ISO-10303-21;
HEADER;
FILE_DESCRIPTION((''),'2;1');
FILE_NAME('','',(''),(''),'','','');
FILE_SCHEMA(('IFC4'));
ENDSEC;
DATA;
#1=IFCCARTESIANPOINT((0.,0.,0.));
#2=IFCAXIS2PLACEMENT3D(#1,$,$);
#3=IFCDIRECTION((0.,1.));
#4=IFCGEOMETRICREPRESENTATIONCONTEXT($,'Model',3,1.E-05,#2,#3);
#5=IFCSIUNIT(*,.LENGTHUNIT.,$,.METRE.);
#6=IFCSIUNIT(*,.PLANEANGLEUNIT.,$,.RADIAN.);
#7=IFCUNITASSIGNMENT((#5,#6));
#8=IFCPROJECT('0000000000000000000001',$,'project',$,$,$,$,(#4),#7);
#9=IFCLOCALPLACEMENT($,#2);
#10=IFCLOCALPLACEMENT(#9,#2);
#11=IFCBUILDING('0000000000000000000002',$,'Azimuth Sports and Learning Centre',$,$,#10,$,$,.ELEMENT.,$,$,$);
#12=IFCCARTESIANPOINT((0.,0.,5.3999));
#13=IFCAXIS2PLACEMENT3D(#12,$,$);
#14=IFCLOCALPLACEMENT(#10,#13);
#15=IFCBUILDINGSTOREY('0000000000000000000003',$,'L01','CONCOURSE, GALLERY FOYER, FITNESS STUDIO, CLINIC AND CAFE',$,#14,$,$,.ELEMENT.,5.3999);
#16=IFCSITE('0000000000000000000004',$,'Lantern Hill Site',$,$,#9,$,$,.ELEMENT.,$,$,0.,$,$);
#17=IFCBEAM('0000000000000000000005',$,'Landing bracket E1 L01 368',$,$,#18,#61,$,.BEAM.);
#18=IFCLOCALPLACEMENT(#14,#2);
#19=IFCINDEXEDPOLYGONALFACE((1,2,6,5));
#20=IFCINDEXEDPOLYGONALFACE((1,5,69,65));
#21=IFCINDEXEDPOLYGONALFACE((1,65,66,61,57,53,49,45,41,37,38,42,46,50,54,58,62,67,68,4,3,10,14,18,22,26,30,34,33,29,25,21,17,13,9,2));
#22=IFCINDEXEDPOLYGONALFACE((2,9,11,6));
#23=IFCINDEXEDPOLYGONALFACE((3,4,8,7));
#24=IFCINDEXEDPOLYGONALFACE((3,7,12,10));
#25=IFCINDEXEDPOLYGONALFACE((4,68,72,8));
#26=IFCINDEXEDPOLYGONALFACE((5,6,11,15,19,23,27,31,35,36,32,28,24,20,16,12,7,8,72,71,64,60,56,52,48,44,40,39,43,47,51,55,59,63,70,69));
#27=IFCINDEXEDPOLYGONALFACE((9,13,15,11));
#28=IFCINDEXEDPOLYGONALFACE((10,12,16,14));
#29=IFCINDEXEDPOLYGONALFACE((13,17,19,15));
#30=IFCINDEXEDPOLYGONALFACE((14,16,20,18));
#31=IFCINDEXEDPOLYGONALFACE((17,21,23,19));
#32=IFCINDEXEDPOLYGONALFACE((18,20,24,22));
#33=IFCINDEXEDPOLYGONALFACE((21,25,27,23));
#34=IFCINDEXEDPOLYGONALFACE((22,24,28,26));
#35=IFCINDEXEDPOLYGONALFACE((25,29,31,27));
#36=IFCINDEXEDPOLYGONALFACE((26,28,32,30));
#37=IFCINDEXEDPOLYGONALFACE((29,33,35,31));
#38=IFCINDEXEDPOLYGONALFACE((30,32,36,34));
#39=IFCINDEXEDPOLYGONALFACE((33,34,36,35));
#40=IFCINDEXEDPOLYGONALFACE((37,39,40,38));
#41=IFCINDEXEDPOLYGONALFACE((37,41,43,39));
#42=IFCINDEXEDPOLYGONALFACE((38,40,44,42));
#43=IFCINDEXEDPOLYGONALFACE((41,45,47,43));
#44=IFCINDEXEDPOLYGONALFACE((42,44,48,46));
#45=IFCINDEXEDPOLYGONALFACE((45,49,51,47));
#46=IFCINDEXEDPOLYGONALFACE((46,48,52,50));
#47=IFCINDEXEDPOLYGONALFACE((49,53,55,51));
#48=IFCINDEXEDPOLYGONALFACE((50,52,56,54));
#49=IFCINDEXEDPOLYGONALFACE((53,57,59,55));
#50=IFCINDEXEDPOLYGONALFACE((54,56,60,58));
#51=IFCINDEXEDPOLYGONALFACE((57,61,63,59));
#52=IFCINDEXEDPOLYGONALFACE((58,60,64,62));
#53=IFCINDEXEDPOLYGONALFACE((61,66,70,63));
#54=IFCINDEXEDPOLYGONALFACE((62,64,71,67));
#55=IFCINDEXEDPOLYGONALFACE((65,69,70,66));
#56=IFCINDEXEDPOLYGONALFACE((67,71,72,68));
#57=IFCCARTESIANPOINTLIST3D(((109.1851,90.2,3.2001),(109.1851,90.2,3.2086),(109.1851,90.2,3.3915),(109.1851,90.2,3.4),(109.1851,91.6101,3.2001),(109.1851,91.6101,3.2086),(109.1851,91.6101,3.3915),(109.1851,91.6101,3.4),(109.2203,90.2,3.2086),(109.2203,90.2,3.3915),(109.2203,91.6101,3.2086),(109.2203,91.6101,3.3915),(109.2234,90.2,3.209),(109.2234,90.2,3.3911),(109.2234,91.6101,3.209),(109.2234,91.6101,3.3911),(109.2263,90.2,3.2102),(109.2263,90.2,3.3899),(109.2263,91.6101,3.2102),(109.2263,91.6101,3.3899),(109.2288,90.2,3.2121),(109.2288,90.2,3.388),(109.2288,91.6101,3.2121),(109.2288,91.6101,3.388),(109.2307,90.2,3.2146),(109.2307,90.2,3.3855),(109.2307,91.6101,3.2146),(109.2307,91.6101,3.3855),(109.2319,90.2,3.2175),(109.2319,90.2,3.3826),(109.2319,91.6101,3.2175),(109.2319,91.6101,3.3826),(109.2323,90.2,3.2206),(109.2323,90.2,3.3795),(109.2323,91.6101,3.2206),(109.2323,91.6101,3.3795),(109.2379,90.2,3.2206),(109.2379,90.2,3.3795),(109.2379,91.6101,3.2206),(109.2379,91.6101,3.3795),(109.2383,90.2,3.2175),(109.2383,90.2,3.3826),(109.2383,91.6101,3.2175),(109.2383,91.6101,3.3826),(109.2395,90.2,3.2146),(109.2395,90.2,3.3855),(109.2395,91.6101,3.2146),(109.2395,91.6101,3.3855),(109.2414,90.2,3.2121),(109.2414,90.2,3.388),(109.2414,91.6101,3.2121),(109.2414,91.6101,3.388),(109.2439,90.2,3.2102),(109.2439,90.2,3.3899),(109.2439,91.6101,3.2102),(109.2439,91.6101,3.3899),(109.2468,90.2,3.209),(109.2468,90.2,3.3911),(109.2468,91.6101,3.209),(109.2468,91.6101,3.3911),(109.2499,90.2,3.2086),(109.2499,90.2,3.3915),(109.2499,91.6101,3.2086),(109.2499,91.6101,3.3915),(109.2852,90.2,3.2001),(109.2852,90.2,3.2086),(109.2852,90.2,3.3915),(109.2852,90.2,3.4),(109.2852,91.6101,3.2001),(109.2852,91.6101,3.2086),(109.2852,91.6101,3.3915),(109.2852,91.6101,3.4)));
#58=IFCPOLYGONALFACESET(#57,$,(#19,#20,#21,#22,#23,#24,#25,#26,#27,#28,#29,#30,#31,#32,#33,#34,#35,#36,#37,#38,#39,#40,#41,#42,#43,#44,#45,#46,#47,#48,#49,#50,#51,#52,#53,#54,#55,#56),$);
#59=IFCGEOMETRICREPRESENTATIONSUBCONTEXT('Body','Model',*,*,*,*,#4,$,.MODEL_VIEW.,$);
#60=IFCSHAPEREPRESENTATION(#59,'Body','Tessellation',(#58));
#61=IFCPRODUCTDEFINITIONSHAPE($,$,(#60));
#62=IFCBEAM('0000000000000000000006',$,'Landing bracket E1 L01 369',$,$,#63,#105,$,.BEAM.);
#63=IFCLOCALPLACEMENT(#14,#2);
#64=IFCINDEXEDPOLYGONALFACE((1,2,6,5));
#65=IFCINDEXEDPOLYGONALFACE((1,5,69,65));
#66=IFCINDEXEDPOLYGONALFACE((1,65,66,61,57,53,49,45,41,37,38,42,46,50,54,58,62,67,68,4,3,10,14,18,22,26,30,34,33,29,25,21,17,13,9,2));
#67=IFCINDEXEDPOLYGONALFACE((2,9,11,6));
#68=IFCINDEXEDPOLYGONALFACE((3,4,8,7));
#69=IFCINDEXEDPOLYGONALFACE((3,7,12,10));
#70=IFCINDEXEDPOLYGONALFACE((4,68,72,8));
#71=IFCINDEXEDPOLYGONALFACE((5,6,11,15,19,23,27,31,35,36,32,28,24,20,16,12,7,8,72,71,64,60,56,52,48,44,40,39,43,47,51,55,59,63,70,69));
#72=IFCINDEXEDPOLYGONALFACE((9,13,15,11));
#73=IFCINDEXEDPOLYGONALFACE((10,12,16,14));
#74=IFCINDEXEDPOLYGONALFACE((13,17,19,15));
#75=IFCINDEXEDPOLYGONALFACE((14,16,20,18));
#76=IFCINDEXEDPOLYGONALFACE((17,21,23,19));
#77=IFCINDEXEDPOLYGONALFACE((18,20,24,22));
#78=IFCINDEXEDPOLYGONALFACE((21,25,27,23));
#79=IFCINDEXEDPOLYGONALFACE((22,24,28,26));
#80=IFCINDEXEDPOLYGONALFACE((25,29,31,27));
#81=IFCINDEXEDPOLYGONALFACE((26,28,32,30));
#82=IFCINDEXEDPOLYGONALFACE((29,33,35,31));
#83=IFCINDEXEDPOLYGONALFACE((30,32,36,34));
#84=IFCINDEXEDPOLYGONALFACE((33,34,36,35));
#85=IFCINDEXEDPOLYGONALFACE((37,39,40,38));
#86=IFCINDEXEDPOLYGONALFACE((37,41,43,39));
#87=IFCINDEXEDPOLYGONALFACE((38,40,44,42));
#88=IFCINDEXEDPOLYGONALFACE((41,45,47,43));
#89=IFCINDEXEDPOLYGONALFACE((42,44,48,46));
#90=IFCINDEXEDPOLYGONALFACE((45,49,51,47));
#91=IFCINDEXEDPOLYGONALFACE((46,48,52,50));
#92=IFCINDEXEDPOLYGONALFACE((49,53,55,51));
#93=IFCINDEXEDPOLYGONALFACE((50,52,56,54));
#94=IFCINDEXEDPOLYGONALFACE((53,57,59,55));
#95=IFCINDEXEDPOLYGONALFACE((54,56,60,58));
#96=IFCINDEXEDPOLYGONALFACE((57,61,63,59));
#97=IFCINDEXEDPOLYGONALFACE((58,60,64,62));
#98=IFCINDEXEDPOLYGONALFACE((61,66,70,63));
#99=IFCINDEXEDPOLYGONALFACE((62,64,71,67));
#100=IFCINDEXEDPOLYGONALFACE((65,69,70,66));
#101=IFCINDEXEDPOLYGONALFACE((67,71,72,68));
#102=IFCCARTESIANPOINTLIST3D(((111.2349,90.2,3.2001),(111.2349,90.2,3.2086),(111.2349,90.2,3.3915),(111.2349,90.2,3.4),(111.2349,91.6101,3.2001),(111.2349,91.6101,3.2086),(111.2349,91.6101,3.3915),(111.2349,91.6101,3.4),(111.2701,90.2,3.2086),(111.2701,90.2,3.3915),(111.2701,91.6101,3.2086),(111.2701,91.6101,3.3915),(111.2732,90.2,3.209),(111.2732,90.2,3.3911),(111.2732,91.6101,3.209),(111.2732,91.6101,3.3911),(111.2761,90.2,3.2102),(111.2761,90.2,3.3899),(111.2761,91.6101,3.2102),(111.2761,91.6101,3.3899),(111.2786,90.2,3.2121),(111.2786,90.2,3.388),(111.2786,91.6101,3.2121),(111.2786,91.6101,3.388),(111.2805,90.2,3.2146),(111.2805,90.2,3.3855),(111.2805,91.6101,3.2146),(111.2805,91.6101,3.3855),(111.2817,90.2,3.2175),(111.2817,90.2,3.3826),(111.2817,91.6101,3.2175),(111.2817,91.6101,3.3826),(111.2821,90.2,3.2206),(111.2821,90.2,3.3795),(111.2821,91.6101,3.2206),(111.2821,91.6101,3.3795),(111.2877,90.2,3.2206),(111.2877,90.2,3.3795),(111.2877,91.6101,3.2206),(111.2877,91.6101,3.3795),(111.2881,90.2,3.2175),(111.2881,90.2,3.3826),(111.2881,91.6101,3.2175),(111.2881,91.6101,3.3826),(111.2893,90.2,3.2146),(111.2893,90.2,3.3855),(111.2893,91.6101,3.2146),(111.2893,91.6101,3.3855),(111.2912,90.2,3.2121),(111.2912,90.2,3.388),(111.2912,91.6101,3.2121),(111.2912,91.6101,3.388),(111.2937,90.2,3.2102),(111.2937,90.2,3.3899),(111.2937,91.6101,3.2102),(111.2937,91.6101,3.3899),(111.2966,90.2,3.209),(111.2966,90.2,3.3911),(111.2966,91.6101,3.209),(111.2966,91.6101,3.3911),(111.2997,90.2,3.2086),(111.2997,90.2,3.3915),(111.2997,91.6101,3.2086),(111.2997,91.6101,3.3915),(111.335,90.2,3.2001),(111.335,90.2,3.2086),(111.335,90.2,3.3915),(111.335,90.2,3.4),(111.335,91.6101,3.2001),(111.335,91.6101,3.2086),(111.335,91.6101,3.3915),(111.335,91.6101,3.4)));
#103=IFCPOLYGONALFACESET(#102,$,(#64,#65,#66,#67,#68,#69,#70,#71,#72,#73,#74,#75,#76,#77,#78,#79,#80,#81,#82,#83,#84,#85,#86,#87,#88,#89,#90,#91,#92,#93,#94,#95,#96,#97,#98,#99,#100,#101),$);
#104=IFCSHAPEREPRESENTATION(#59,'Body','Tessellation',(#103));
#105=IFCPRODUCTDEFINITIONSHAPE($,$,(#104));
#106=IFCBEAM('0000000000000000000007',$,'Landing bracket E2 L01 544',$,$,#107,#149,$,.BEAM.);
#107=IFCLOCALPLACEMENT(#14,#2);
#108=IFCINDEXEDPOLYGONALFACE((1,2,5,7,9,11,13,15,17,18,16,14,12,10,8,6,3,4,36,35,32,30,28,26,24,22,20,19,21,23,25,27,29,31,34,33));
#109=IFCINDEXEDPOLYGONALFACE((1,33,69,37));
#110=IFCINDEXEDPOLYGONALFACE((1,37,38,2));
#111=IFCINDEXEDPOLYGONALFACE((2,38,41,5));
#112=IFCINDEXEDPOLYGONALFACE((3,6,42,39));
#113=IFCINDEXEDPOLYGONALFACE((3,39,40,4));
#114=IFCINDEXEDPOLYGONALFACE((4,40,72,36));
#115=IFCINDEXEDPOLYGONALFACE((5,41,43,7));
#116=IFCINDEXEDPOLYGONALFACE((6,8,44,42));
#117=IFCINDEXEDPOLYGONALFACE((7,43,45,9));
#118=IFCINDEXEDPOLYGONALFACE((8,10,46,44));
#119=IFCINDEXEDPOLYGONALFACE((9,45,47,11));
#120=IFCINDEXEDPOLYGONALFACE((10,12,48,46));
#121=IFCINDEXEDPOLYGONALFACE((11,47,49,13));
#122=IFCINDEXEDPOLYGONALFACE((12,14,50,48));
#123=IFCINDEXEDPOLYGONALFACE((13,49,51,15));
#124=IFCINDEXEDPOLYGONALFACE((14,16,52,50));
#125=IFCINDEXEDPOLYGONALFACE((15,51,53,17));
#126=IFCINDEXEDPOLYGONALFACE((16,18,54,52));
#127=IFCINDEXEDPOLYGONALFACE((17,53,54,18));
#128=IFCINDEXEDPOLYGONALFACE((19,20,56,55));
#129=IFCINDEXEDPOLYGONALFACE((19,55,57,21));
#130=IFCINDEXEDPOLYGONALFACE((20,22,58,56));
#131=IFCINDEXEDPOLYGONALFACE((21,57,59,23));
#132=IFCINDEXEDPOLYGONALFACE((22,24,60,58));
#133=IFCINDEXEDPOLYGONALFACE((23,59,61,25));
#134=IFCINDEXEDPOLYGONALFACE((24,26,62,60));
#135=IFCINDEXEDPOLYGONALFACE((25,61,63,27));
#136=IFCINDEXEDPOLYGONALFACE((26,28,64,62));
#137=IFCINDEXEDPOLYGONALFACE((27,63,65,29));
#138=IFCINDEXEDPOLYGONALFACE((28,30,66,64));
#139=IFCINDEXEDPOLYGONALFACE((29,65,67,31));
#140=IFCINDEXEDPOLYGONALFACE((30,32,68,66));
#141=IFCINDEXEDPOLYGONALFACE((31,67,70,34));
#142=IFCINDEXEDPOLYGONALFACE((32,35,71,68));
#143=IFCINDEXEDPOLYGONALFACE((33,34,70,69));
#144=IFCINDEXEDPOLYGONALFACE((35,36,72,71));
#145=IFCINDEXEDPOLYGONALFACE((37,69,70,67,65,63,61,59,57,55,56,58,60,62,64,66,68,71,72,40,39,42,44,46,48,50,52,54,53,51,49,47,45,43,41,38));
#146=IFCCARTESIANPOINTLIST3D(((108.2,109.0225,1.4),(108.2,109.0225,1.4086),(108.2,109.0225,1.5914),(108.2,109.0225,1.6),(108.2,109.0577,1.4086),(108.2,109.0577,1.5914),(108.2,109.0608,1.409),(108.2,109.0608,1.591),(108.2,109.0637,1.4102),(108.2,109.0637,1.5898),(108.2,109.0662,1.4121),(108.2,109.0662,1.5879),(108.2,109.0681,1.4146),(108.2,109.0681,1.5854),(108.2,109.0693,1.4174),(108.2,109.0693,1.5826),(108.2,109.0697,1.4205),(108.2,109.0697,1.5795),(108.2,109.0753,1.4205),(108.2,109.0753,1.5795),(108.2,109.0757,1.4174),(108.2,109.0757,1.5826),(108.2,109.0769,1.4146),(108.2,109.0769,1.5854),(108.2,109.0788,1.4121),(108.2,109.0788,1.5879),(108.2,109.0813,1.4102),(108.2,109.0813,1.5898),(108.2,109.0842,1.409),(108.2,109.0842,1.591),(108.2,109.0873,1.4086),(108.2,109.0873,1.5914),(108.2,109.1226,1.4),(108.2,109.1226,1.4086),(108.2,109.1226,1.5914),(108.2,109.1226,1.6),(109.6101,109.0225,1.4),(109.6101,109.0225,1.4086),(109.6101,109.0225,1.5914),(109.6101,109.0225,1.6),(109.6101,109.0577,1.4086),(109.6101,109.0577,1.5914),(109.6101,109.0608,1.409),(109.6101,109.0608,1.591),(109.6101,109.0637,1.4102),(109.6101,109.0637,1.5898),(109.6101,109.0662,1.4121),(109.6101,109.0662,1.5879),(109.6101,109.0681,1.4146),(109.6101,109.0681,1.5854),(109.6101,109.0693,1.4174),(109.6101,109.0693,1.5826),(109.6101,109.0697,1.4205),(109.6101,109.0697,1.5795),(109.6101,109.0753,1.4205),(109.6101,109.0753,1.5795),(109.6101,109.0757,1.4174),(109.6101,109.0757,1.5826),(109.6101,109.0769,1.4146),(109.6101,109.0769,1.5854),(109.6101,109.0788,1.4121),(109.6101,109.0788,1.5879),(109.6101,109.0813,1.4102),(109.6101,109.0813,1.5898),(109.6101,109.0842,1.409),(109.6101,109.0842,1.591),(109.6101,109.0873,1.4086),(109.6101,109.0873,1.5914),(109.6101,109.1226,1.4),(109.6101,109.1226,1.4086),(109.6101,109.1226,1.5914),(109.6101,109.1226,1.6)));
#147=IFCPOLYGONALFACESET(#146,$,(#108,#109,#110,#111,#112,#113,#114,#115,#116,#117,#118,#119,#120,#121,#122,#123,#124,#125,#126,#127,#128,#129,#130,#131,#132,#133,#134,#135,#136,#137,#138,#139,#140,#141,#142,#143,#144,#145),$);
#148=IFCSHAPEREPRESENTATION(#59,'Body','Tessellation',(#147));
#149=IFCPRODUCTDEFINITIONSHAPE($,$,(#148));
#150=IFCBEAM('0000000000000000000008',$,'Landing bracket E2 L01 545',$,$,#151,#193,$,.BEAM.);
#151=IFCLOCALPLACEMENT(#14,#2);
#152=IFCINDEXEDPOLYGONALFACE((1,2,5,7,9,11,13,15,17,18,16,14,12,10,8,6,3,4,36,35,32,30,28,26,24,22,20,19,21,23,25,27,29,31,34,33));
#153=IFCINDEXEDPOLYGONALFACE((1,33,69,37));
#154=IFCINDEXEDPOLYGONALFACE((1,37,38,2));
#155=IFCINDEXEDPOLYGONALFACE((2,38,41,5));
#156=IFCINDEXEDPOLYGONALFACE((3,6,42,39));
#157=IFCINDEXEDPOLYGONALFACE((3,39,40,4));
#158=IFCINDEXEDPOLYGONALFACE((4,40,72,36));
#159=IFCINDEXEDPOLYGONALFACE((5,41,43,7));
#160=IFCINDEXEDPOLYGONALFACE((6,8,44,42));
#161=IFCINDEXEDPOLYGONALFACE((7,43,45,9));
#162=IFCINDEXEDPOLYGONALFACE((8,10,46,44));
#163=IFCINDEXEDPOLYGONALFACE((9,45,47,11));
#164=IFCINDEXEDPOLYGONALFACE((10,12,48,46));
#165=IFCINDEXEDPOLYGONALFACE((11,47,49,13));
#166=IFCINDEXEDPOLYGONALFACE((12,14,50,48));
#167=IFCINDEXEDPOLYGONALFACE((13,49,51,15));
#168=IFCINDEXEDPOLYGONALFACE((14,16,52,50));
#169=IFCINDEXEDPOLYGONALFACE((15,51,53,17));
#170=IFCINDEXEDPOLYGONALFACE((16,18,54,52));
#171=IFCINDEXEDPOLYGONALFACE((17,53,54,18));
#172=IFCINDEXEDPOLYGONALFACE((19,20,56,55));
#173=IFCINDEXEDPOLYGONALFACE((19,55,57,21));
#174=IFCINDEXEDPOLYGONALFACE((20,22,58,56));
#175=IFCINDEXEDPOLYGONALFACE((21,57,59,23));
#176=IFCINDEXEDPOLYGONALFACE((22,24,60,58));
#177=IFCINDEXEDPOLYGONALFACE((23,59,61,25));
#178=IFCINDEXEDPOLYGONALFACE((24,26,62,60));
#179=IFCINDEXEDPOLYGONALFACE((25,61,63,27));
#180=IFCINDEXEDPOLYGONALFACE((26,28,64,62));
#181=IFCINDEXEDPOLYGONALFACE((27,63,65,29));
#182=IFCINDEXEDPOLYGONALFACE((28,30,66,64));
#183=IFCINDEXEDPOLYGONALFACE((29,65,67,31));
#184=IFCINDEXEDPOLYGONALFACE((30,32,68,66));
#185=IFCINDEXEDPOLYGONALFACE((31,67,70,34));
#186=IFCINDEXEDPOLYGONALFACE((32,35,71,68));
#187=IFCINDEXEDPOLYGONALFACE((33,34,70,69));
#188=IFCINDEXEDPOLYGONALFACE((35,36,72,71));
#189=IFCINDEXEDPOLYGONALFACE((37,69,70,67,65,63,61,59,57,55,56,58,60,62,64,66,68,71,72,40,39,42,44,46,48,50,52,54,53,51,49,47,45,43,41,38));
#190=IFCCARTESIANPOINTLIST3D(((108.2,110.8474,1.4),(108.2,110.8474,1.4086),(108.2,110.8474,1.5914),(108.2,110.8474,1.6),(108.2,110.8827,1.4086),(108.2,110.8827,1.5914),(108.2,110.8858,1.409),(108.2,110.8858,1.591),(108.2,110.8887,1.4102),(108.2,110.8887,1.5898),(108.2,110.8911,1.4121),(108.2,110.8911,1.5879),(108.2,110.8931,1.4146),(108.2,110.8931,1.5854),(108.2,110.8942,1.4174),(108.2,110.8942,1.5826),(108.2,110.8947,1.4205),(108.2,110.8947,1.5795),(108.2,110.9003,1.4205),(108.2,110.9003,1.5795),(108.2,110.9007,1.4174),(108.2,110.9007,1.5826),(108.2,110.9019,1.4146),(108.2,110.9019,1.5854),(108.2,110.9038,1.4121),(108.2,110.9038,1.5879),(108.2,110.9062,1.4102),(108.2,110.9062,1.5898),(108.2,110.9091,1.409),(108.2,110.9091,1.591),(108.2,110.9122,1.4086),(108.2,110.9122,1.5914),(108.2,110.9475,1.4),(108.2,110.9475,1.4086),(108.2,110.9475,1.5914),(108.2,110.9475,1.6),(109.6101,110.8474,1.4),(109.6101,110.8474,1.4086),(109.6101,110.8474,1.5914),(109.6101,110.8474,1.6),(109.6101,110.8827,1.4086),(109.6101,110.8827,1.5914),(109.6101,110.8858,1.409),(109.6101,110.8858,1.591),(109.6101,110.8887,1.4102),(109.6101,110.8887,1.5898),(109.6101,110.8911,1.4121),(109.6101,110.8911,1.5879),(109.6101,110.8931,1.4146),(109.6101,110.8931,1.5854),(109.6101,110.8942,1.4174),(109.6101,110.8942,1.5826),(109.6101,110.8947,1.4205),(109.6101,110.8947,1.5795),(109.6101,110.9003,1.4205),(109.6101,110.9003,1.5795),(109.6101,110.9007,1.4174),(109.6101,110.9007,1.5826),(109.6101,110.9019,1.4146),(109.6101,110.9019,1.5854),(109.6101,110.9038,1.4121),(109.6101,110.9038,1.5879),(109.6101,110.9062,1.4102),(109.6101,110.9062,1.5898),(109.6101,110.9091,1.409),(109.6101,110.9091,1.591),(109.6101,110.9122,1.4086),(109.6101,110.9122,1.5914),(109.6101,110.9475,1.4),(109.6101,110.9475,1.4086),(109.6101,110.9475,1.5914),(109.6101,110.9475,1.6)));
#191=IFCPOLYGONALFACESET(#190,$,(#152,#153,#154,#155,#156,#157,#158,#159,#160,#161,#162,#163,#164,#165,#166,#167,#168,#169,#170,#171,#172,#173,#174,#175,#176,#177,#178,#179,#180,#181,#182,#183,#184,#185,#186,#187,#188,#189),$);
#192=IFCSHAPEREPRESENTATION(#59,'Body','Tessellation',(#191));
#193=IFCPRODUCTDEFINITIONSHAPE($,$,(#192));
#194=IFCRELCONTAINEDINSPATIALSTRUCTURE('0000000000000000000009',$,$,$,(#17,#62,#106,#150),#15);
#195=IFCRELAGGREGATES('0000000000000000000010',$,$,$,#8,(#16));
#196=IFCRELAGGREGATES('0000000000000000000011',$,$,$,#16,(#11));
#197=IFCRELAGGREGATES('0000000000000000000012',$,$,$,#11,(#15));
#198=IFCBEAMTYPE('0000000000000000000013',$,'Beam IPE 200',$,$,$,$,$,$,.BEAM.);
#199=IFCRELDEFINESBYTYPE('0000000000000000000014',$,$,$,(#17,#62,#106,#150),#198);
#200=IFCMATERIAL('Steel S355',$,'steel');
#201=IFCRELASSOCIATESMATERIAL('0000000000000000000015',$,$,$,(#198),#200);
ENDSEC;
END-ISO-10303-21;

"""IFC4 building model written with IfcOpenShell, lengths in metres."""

from ifc_helpers import new_model, si_unit, direction, frame, origin, origin_2d, place, context, subcontext, project, spatial, i_section, extrude, material, material_profile, profile_set, type_object, element, save


model = new_model("IFC4")

# Units and contexts
model_context = context("Model", 3, precision=1e-05, world=origin(), true_north=direction((0.0, 1.0)))
body_context = subcontext(model_context, "Body", "Model", "MODEL_VIEW")
ifc_project = project(units=[si_unit("LENGTHUNIT", "METRE"), si_unit("PLANEANGLEUNIT", "RADIAN")], contexts=[model_context])

# Site, building, storey
site_placement = place(None, origin())
site = spatial("IfcSite", under=ifc_project, at=site_placement, Name="Lantern Hill Site", CompositionType="ELEMENT", RefElevation=0.0)
building_placement = place(site_placement, origin())
building = spatial("IfcBuilding", under=site, at=building_placement, Name="Azimuth Sports and Learning Centre", CompositionType="ELEMENT")
storey_placement = place(building_placement, frame((0.0, 0.0, 5.3999)))
storey = spatial("IfcBuildingStorey", under=building, at=storey_placement, Name="L01", Description="CONCOURSE, GALLERY FOYER, FITNESS STUDIO, CLINIC AND CAFE", CompositionType="ELEMENT", Elevation=5.3999)

# Beams
ifc_material_1 = material(Name="Steel S355", Category="steel")
ifc_material_profile = material_profile(ifc_material_1, i_section(OverallWidth=0.1001, OverallDepth=0.2, WebThickness=0.0056, FlangeThickness=0.0085, FilletRadius=0.012, at=origin_2d()), Name="IPE 200")
ifc_profile_set = profile_set([ifc_material_profile], Name="Steel S355")
beam_type = type_object("IfcBeamType", Name="Beam IPE 200", PredefinedType="BEAM", material=ifc_profile_set)
for number, where, z_axis, x_axis, name in (
    (1, (109.2351, 90.2, 3.3), (0.0, 1.0, 0.0), (-1.0, 0.0, 0.0), "Landing bracket E1 L01 368"),
    (2, (111.2849, 90.2, 3.3), (0.0, 1.0, 0.0), (-1.0, 0.0, 0.0), "Landing bracket E1 L01 369"),
    (3, (108.2, 109.0725, 1.5), (1.0, 0.0, 0.0), (0.0, 1.0, 0.0), "Landing bracket E2 L01 544"),
    (4, (108.2, 110.8975, 1.5), (1.0, 0.0, 0.0), (0.0, 1.0, 0.0), "Landing bracket E2 L01 545"),
):
    element("IfcBeam", number, at=place(storey_placement, frame(where, z_axis=z_axis, x_axis=x_axis)), inside=storey, type_object=beam_type, Name=name, PredefinedType="BEAM", context=body_context, shape_type="SweptSolid", body=[
        extrude(i_section(OverallWidth=0.1001, OverallDepth=0.2, WebThickness=0.0056, FlangeThickness=0.0085, FilletRadius=0.012, at=origin_2d()), origin(), (0.0, 0.0, 1.0), 1.4102),
    ])

save(model, "model.ifc")
